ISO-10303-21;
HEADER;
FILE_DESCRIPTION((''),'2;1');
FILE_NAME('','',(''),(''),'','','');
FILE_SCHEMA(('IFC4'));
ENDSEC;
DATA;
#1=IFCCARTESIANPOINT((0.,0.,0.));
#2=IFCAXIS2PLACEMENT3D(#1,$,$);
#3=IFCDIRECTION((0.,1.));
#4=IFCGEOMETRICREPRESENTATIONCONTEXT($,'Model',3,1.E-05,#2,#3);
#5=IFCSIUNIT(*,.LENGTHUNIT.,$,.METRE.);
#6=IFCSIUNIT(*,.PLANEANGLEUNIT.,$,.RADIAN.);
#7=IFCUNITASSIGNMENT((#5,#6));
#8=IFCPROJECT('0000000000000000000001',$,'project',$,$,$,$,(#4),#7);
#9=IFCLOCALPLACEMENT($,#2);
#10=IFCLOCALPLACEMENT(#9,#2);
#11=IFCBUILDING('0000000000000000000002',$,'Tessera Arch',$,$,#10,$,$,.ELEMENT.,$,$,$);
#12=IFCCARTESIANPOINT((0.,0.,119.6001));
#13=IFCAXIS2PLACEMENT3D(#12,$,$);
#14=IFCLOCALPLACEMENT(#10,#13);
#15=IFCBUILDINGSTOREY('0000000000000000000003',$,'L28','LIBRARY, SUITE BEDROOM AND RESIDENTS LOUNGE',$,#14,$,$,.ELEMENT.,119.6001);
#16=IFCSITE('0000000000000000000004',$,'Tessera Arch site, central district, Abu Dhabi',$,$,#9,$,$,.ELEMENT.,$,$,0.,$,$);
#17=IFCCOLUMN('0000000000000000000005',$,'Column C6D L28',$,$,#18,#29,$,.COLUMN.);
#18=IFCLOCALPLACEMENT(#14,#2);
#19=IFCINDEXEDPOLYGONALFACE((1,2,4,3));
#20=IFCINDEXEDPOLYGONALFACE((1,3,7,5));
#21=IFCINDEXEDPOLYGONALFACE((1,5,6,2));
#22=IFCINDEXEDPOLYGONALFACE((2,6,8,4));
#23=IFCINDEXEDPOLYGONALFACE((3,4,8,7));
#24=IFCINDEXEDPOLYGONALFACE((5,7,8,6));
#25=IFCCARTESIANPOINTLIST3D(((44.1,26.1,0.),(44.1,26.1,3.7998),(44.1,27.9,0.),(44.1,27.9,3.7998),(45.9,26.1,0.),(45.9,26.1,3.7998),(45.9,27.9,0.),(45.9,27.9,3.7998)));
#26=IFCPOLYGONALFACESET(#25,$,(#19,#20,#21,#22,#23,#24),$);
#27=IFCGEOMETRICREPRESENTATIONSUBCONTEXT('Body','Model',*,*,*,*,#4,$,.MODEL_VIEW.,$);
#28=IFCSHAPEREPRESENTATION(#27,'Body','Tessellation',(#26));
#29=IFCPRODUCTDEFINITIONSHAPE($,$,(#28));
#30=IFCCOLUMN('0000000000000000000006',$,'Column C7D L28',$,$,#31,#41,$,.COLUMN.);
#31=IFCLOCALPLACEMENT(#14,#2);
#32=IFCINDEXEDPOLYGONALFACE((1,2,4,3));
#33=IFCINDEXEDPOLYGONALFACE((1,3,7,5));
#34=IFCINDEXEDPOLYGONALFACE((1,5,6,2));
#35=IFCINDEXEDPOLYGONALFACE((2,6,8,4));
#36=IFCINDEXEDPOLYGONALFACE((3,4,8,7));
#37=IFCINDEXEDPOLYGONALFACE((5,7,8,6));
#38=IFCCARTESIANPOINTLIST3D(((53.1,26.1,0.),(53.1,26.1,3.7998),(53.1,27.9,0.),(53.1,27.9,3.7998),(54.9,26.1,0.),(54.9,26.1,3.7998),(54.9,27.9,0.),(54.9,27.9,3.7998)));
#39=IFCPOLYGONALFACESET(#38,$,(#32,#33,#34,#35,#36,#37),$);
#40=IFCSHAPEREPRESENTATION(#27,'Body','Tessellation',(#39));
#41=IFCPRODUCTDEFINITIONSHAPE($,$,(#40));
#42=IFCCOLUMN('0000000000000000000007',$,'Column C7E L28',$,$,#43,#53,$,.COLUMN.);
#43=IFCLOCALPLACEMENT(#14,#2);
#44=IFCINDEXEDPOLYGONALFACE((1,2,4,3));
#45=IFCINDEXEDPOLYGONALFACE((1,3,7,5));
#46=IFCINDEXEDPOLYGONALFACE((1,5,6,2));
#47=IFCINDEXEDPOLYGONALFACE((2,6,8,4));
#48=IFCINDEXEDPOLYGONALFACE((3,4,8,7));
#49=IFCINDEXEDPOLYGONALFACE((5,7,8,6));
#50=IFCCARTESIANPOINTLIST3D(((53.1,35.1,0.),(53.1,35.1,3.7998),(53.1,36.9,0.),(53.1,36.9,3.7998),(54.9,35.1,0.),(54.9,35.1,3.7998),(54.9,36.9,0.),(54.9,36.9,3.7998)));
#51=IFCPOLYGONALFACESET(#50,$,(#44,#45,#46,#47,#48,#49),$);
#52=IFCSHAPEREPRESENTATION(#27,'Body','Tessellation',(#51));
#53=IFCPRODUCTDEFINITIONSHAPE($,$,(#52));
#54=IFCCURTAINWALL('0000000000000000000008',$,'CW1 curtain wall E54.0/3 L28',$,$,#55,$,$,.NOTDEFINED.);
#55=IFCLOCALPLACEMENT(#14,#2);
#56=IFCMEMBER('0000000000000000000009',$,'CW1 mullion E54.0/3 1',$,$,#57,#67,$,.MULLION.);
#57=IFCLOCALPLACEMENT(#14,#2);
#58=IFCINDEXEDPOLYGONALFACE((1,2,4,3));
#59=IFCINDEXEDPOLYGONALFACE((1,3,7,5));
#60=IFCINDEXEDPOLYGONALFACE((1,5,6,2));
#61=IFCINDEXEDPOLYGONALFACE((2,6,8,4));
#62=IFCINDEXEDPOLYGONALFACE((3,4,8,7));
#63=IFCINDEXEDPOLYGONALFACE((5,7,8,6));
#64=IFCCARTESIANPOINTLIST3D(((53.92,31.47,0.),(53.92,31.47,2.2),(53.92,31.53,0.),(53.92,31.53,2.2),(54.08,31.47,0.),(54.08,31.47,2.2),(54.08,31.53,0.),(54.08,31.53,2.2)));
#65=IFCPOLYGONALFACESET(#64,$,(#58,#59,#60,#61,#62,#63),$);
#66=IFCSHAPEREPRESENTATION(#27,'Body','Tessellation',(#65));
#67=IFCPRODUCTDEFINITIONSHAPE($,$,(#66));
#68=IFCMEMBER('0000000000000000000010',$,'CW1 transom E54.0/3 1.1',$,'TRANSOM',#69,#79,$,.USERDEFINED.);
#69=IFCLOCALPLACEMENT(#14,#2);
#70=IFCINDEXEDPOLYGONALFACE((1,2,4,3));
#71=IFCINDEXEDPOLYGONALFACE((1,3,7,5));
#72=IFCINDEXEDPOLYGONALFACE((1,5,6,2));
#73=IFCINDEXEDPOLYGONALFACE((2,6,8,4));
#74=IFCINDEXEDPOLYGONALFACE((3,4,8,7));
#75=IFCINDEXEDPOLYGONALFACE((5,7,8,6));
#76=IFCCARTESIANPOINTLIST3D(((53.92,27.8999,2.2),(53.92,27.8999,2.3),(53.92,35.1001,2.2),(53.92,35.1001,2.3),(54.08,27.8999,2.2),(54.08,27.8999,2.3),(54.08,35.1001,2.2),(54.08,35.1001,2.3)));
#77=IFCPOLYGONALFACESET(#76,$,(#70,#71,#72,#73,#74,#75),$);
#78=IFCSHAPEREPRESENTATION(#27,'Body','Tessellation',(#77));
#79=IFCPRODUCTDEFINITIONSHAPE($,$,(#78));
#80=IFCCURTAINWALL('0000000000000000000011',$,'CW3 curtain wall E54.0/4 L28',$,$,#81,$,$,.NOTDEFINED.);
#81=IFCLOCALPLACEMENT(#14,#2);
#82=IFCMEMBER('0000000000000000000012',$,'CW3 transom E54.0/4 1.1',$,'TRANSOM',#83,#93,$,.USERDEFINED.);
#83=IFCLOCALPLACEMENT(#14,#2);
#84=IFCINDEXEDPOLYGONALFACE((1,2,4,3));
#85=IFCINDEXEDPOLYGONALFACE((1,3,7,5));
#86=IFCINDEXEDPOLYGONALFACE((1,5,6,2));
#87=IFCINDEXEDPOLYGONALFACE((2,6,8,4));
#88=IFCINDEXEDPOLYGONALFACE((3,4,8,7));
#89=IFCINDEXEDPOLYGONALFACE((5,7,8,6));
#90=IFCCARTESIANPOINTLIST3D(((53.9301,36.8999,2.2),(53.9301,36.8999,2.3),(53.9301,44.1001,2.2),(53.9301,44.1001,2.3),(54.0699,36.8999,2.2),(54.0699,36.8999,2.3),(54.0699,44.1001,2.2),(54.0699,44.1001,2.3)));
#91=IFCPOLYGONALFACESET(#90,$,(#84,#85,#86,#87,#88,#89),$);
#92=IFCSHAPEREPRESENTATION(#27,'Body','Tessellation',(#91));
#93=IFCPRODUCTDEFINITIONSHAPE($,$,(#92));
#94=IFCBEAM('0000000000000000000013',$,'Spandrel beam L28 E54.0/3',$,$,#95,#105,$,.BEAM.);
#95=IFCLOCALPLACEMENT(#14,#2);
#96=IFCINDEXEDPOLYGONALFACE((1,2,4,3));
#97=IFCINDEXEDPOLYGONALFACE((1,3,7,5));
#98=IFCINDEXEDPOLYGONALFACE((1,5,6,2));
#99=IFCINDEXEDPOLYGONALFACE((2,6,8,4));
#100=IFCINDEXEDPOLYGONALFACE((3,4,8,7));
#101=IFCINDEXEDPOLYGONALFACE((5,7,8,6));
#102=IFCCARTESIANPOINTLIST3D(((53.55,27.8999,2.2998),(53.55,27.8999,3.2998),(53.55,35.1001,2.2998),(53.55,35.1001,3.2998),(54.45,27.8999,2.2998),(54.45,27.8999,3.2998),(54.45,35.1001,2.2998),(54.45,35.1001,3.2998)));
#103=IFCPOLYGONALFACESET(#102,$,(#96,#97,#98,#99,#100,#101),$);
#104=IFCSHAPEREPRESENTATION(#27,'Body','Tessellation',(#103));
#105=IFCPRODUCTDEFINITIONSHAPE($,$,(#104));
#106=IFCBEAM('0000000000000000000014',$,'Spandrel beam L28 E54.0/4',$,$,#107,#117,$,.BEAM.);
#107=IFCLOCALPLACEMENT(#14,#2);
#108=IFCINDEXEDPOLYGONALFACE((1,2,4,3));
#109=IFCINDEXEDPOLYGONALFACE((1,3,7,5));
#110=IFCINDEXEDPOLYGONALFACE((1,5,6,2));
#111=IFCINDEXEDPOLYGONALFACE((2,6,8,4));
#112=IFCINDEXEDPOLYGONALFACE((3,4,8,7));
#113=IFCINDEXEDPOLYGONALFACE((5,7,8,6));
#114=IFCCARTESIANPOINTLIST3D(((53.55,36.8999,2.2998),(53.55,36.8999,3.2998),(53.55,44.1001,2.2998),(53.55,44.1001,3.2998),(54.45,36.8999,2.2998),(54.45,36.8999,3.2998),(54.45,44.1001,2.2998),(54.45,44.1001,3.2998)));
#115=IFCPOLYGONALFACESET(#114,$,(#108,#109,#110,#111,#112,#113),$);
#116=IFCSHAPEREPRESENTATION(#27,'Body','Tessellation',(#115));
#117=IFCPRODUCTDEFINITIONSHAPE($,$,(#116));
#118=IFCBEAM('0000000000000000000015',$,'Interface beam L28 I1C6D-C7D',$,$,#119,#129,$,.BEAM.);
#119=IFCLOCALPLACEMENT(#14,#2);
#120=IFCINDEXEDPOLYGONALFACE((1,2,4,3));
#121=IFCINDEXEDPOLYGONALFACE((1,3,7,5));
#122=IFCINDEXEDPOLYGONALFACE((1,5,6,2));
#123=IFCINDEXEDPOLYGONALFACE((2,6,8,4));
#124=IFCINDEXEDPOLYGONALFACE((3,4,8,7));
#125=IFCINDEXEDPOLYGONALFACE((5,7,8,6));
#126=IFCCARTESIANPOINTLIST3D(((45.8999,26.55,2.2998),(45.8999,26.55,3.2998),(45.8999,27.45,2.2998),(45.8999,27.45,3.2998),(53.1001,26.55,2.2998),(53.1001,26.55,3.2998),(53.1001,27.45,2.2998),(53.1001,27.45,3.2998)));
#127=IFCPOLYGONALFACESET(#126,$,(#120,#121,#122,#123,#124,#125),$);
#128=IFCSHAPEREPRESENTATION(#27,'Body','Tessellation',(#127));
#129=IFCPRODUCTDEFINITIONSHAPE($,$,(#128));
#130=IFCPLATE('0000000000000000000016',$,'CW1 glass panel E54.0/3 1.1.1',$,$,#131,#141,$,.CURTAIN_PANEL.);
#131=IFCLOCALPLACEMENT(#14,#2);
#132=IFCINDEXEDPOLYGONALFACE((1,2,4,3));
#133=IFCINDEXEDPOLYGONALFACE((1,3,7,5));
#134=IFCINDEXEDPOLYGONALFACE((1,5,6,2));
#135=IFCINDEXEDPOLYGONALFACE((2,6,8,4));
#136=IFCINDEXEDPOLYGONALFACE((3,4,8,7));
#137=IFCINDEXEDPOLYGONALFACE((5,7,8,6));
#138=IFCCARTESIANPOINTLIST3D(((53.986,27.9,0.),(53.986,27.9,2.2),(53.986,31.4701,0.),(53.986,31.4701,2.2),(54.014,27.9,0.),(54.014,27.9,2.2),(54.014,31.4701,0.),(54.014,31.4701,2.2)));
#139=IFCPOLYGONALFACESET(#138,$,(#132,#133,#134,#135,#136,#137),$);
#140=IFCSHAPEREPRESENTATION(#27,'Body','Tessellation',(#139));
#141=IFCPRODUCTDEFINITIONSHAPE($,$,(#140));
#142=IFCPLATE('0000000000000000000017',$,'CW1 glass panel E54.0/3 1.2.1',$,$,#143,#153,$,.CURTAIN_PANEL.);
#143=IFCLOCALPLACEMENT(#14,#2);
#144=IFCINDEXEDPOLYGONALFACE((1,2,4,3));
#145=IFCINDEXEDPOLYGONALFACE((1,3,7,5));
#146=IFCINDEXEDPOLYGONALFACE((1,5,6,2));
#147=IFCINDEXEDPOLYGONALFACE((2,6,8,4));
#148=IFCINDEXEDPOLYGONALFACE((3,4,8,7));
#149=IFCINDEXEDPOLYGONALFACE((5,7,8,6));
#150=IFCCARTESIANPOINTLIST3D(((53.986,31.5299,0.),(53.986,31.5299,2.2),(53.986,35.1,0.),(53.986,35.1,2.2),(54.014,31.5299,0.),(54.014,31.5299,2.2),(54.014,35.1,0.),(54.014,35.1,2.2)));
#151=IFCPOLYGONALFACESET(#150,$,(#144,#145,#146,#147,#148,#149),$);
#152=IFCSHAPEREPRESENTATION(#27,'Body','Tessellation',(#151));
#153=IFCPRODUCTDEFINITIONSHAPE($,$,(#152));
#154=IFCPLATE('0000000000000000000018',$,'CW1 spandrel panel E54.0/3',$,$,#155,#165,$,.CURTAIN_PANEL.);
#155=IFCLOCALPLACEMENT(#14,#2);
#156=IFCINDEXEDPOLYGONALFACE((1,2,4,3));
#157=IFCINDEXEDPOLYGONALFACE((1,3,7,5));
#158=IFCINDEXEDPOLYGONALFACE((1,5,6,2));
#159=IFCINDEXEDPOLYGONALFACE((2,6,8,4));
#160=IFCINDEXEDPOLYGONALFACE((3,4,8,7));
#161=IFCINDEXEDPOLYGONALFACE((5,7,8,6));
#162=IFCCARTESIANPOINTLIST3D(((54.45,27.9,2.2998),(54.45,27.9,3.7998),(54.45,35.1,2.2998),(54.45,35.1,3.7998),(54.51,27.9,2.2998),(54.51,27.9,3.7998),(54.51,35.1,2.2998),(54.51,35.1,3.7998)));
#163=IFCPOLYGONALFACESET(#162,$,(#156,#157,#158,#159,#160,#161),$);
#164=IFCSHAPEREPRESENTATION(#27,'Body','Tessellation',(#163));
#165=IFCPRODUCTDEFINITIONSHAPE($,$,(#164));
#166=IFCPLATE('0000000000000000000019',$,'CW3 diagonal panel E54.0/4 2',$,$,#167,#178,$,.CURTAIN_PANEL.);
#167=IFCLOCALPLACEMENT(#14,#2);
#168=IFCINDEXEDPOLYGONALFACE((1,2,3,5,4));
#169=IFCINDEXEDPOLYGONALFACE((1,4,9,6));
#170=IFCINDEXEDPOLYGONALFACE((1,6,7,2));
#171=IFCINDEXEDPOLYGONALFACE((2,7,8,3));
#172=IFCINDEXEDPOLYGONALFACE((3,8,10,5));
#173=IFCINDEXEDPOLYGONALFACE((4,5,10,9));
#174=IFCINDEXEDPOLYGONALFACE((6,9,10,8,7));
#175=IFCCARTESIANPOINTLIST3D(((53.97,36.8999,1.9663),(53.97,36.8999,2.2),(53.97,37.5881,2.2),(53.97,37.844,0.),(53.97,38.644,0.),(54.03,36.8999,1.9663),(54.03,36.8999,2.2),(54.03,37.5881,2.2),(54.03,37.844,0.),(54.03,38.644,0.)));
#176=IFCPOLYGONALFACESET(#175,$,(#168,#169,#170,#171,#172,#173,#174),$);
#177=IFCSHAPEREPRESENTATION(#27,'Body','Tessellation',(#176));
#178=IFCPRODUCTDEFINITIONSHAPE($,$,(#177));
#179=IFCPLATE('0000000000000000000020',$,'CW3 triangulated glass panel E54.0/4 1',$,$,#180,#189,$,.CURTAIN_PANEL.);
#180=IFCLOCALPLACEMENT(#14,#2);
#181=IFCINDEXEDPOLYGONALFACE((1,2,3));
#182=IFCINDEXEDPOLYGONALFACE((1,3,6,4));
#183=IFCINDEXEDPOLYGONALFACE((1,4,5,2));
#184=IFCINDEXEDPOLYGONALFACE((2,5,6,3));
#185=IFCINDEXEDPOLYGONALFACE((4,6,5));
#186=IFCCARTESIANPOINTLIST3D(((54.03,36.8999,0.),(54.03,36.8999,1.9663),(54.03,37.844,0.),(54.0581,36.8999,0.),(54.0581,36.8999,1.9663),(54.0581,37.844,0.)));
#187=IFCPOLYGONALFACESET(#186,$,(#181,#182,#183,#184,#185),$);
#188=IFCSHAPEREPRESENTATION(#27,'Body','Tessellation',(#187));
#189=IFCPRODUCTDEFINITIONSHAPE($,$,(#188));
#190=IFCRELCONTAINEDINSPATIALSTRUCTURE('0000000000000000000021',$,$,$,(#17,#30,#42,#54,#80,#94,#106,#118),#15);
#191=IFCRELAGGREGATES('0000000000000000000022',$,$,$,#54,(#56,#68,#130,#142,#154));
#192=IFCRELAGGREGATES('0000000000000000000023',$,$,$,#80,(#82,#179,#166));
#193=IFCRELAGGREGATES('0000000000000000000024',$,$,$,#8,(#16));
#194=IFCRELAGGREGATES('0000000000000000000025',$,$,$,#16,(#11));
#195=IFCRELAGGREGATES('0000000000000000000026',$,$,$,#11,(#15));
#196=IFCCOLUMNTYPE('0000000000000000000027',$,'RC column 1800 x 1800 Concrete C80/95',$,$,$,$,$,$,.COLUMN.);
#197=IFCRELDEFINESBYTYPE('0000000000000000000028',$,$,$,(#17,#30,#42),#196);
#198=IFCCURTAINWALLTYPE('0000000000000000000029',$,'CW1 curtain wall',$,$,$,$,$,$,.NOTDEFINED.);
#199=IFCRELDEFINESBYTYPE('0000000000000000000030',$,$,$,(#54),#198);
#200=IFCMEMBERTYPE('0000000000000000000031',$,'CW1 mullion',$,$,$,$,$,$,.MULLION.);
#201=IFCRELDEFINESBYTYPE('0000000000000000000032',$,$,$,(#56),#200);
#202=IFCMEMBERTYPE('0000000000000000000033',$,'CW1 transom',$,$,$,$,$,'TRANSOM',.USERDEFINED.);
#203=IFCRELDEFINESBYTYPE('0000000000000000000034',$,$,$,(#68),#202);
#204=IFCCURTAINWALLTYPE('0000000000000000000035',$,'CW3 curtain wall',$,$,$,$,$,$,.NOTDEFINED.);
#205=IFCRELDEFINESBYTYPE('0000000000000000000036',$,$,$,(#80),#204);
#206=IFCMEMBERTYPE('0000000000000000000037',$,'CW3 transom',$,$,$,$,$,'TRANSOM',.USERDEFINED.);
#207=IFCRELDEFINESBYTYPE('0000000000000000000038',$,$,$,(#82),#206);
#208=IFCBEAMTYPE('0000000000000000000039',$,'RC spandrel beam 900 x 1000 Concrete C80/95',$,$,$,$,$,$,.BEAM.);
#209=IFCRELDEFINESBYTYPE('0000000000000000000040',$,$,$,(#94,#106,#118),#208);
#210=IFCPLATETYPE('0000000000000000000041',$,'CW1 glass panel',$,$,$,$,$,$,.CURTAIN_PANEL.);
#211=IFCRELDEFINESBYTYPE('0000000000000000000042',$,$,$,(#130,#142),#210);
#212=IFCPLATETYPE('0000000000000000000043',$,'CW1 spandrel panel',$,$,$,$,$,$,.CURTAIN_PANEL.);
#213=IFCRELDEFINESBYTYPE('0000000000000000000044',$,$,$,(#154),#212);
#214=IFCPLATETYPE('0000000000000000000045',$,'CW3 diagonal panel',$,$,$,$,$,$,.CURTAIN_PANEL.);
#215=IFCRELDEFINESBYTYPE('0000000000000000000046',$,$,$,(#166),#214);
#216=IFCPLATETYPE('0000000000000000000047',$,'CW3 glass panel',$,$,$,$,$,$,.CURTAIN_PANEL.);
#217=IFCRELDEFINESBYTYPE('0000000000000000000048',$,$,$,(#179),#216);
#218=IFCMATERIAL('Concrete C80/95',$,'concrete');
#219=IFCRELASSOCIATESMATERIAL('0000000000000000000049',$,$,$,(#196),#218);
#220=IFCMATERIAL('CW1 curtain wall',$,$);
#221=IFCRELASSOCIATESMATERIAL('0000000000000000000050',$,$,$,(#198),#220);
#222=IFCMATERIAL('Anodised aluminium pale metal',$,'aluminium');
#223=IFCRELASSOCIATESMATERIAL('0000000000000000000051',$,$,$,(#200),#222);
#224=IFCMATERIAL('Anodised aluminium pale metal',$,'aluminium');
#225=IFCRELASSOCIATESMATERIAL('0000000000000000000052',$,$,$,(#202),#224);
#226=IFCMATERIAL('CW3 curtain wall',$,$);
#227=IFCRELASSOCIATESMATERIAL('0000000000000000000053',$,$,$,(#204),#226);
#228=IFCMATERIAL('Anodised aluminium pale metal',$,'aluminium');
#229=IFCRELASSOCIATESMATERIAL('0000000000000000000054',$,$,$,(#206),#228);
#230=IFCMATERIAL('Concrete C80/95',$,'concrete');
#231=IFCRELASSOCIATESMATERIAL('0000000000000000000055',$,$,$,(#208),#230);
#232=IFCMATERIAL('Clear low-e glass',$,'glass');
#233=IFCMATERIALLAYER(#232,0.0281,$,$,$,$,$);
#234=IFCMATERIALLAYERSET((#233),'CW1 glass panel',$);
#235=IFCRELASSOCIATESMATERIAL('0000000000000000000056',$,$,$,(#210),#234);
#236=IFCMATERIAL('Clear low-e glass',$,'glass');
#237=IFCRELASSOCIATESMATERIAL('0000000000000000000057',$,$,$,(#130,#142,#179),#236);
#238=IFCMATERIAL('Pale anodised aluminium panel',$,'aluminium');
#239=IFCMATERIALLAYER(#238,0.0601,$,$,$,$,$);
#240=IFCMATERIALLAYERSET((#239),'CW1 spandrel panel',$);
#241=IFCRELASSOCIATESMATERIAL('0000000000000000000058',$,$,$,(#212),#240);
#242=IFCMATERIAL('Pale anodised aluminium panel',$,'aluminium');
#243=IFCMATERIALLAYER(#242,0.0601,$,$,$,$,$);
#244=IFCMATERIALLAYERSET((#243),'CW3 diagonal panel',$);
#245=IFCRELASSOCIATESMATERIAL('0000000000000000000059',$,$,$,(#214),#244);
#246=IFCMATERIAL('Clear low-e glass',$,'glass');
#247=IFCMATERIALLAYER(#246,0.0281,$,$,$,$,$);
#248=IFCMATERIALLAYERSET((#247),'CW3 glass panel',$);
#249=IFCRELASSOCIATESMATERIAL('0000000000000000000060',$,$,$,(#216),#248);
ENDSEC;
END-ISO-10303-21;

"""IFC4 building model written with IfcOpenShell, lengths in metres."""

from ifc_helpers import new_model, si_unit, direction, frame, origin, origin_2d, place, context, subcontext, project, spatial, polyline, rectangle, outline, extrude, material, layer, layer_set, material_profile, profile_set, type_object, element, aggregate, save


model = new_model("IFC4")

# Units and contexts
model_context = context("Model", 3, precision=1e-05, world=origin(), true_north=direction((0.0, 1.0)))
body_context = subcontext(model_context, "Body", "Model", "MODEL_VIEW")
ifc_project = project(units=[si_unit("LENGTHUNIT", "METRE"), si_unit("PLANEANGLEUNIT", "RADIAN")], contexts=[model_context])

# Site, building, storey
site_placement = place(None, origin())
site = spatial("IfcSite", under=ifc_project, at=site_placement, Name="Tessera Arch site, central district, Abu Dhabi", CompositionType="ELEMENT", RefElevation=0.0)
building_placement = place(site_placement, origin())
building = spatial("IfcBuilding", under=site, at=building_placement, Name="Tessera Arch", CompositionType="ELEMENT")
storey_placement = place(building_placement, frame((0.0, 0.0, 119.6001)))
storey = spatial("IfcBuildingStorey", under=building, at=storey_placement, Name="L28", Description="LIBRARY, SUITE BEDROOM AND RESIDENTS LOUNGE", CompositionType="ELEMENT", Elevation=119.6001)

# Columns
ifc_material_1 = material(Name="Concrete C80/95", Category="concrete")
ifc_material_profile_1 = material_profile(ifc_material_1, rectangle(XDim=1.8, YDim=1.8, at=origin_2d()), Name="RC column 1800 x 1800 Concrete C80/95")
ifc_profile_set_1 = profile_set([ifc_material_profile_1], Name="Concrete C80/95")
column_type = type_object("IfcColumnType", Name="RC column 1800 x 1800 Concrete C80/95", PredefinedType="COLUMN", material=ifc_profile_set_1)
for number, where, z_axis, x_axis, name in (
    (1, (45.0, 27.0, 0.0), (0.0, 0.0, 1.0), (1.0, 0.0, 0.0), "Column C6D L28"),
    (2, (54.0, 27.0, 0.0), (0.0, 0.0, 1.0), (1.0, 0.0, 0.0), "Column C7D L28"),
    (3, (54.0, 36.0, 0.0), (0.0, 0.0, 1.0), (1.0, 0.0, 0.0), "Column C7E L28"),
):
    element("IfcColumn", number, at=place(storey_placement, frame(where, z_axis=z_axis, x_axis=x_axis)), inside=storey, type_object=column_type, Name=name, PredefinedType="COLUMN", context=body_context, shape_type="SweptSolid", body=[
        extrude(rectangle(XDim=1.8, YDim=1.8, at=origin_2d()), origin(), (0.0, 0.0, 1.0), 3.7998),
    ])

# Curtain wall, members
ifc_material_2 = material(Name="CW1 curtain wall")
curtain_wall_type_1 = type_object("IfcCurtainWallType", Name="CW1 curtain wall", PredefinedType="NOTDEFINED", material=ifc_material_2)
curtain_wall_1_placement = place(storey_placement, origin())
curtain_wall_1 = element("IfcCurtainWall", 4, at=curtain_wall_1_placement, inside=storey, type_object=curtain_wall_type_1, Name="CW1 curtain wall E54.0/3 L28", PredefinedType="NOTDEFINED")
ifc_material_3 = material(Name="Anodised aluminium pale metal", Category="aluminium")
ifc_material_profile_2 = material_profile(ifc_material_3, rectangle(XDim=0.1599, YDim=0.0601, at=origin_2d()), Name="AL 60x160")
ifc_profile_set_2 = profile_set([ifc_material_profile_2], Name="Anodised aluminium pale metal")
member_type_1 = type_object("IfcMemberType", Name="CW1 mullion", PredefinedType="MULLION", material=ifc_profile_set_2)
member_1_placement = place(storey_placement, frame((54.0, 31.5, 0.0), z_axis=(0.0, 0.0, 1.0), x_axis=(-1.0, 0.0, 0.0)))
member_1 = element("IfcMember", 5, at=member_1_placement, type_object=member_type_1, Name="CW1 mullion E54.0/3 1", PredefinedType="MULLION", context=body_context, shape_type="SweptSolid", body=[
    extrude(rectangle(XDim=0.1599, YDim=0.0601, at=origin_2d()), origin(), (0.0, 0.0, 1.0), 2.2),
])
ifc_material_4 = material(Name="Anodised aluminium pale metal", Category="aluminium")
ifc_material_profile_3 = material_profile(ifc_material_4, rectangle(XDim=0.1599, YDim=0.1001, at=origin_2d()), Name="AL 160x100")
ifc_profile_set_3 = profile_set([ifc_material_profile_3], Name="Anodised aluminium pale metal")
member_type_2 = type_object("IfcMemberType", Name="CW1 transom", ElementType="TRANSOM", PredefinedType="USERDEFINED", material=ifc_profile_set_3)
member_2_placement = place(storey_placement, frame((54.0, 27.8999, 2.25), z_axis=(0.0, 1.0, 0.0), x_axis=(-1.0, 0.0, 0.0)))
member_2 = element("IfcMember", 6, at=member_2_placement, type_object=member_type_2, Name="CW1 transom E54.0/3 1.1", ObjectType="TRANSOM", PredefinedType="USERDEFINED", context=body_context, shape_type="SweptSolid", body=[
    extrude(rectangle(XDim=0.1599, YDim=0.1001, at=origin_2d()), origin(), (0.0, 0.0, 1.0), 7.2002),
])

# Curtain wall, member
ifc_material_5 = material(Name="CW3 curtain wall")
curtain_wall_type_2 = type_object("IfcCurtainWallType", Name="CW3 curtain wall", PredefinedType="NOTDEFINED", material=ifc_material_5)
curtain_wall_2_placement = place(storey_placement, origin())
curtain_wall_2 = element("IfcCurtainWall", 7, at=curtain_wall_2_placement, inside=storey, type_object=curtain_wall_type_2, Name="CW3 curtain wall E54.0/4 L28", PredefinedType="NOTDEFINED")
ifc_material_6 = material(Name="Anodised aluminium pale metal", Category="aluminium")
ifc_material_profile_4 = material_profile(ifc_material_6, rectangle(XDim=0.1399, YDim=0.1001, at=origin_2d()), Name="AL 140x100")
ifc_profile_set_4 = profile_set([ifc_material_profile_4], Name="Anodised aluminium pale metal")
member_type_3 = type_object("IfcMemberType", Name="CW3 transom", ElementType="TRANSOM", PredefinedType="USERDEFINED", material=ifc_profile_set_4)
member_3_placement = place(storey_placement, frame((54.0, 36.8999, 2.25), z_axis=(0.0, 1.0, 0.0), x_axis=(-1.0, 0.0, 0.0)))
member_3 = element("IfcMember", 8, at=member_3_placement, type_object=member_type_3, Name="CW3 transom E54.0/4 1.1", ObjectType="TRANSOM", PredefinedType="USERDEFINED", context=body_context, shape_type="SweptSolid", body=[
    extrude(rectangle(XDim=0.1399, YDim=0.1001, at=origin_2d()), origin(), (0.0, 0.0, 1.0), 7.2002),
])

# Beams
ifc_material_7 = material(Name="Concrete C80/95", Category="concrete")
ifc_material_profile_5 = material_profile(ifc_material_7, rectangle(XDim=0.8999, YDim=1.0, at=origin_2d()), Name="RC spandrel beam 900 x 1000 Concrete C80/95")
ifc_profile_set_5 = profile_set([ifc_material_profile_5], Name="Concrete C80/95")
beam_type = type_object("IfcBeamType", Name="RC spandrel beam 900 x 1000 Concrete C80/95", PredefinedType="BEAM", material=ifc_profile_set_5)
for number, where, z_axis, x_axis, name in (
    (9, (54.0, 27.8999, 2.7998), (0.0, 1.0, 0.0), (-1.0, 0.0, 0.0), "Spandrel beam L28 E54.0/3"),
    (10, (54.0, 36.8999, 2.7998), (0.0, 1.0, 0.0), (-1.0, 0.0, 0.0), "Spandrel beam L28 E54.0/4"),
    (11, (45.8999, 27.0, 2.7998), (1.0, 0.0, 0.0), (0.0, 1.0, 0.0), "Interface beam L28 I1C6D-C7D"),
):
    element("IfcBeam", number, at=place(storey_placement, frame(where, z_axis=z_axis, x_axis=x_axis)), inside=storey, type_object=beam_type, Name=name, PredefinedType="BEAM", context=body_context, shape_type="SweptSolid", body=[
        extrude(rectangle(XDim=0.8999, YDim=1.0, at=origin_2d()), origin(), (0.0, 0.0, 1.0), 7.2002),
    ])

# Plates
ifc_material_8 = material(Name="Clear low-e glass", Category="glass")
ifc_material_9 = material(Name="Clear low-e glass", Category="glass")
ifc_layer_1 = layer(ifc_material_9, 0.0281)
ifc_layer_set_1 = layer_set([ifc_layer_1], Name="CW1 glass panel")
plate_type_1 = type_object("IfcPlateType", Name="CW1 glass panel", PredefinedType="CURTAIN_PANEL", material=ifc_layer_set_1)
plate_1_placement = place(storey_placement, frame((54.0, 29.6851, 0.0), z_axis=(0.0, 0.0, 1.0), x_axis=(0.0, 1.0, 0.0)))
plate_1 = element("IfcPlate", 12, at=plate_1_placement, type_object=plate_type_1, material=ifc_material_8, Name="CW1 glass panel E54.0/3 1.1.1", PredefinedType="CURTAIN_PANEL", context=body_context, shape_type="SweptSolid", body=[
    extrude(rectangle(XDim=3.5701, YDim=0.0281, at=origin_2d()), origin(), (0.0, 0.0, 1.0), 2.2),
])
plate_2_placement = place(storey_placement, frame((54.0, 33.3149, 0.0), z_axis=(0.0, 0.0, 1.0), x_axis=(0.0, 1.0, 0.0)))
plate_2 = element("IfcPlate", 13, at=plate_2_placement, type_object=plate_type_1, material=ifc_material_8, Name="CW1 glass panel E54.0/3 1.2.1", PredefinedType="CURTAIN_PANEL", context=body_context, shape_type="SweptSolid", body=[
    extrude(rectangle(XDim=3.5701, YDim=0.0281, at=origin_2d()), origin(), (0.0, 0.0, 1.0), 2.2),
])
ifc_material_10 = material(Name="Pale anodised aluminium panel", Category="aluminium")
ifc_layer_2 = layer(ifc_material_10, 0.0601)
ifc_layer_set_2 = layer_set([ifc_layer_2], Name="CW1 spandrel panel")
plate_type_2 = type_object("IfcPlateType", Name="CW1 spandrel panel", PredefinedType="CURTAIN_PANEL", material=ifc_layer_set_2)
plate_3_placement = place(storey_placement, frame((54.48, 31.5, 2.2998), z_axis=(0.0, 0.0, 1.0), x_axis=(0.0, 1.0, 0.0)))
plate_3 = element("IfcPlate", 14, at=plate_3_placement, type_object=plate_type_2, Name="CW1 spandrel panel E54.0/3", PredefinedType="CURTAIN_PANEL", context=body_context, shape_type="SweptSolid", body=[
    extrude(rectangle(XDim=7.2, YDim=0.0601, at=origin_2d()), origin(), (0.0, 0.0, 1.0), 1.5),
])
aggregate(curtain_wall_1, [member_1, member_2, plate_1, plate_2, plate_3])
ifc_material_11 = material(Name="Pale anodised aluminium panel", Category="aluminium")
ifc_layer_3 = layer(ifc_material_11, 0.0601)
ifc_layer_set_3 = layer_set([ifc_layer_3], Name="CW3 diagonal panel")
plate_type_3 = type_object("IfcPlateType", Name="CW3 diagonal panel", PredefinedType="CURTAIN_PANEL", material=ifc_layer_set_3)
plate_4_placement = place(storey_placement, frame((54.03, 36.8999, 2.2), z_axis=(1.0, 0.0, 0.0), x_axis=(0.0, 0.0, -1.0)))
plate_4 = element("IfcPlate", 15, at=plate_4_placement, type_object=plate_type_3, Name="CW3 diagonal panel E54.0/4 2", PredefinedType="CURTAIN_PANEL", context=body_context, shape_type="SweptSolid", body=[
    extrude(outline(polyline([(0.0, 0.0), (0.2336, 0.0), (2.2, 0.9441), (2.2, 1.7441), (0.0, 0.6882), (0.0, 0.0)])), origin(), (0.0, 0.0, -1.0), 0.0601),
])
ifc_material_12 = material(Name="Clear low-e glass", Category="glass")
ifc_layer_4 = layer(ifc_material_12, 0.0281)
ifc_layer_set_4 = layer_set([ifc_layer_4], Name="CW3 glass panel")
plate_type_4 = type_object("IfcPlateType", Name="CW3 glass panel", PredefinedType="CURTAIN_PANEL", material=ifc_layer_set_4)
plate_5_placement = place(storey_placement, frame((54.0581, 36.8999, 0.0), z_axis=(1.0, 0.0, 0.0), x_axis=(0.0, 1.0, 0.0)))
plate_5 = element("IfcPlate", 16, at=plate_5_placement, type_object=plate_type_4, material=ifc_material_8, Name="CW3 triangulated glass panel E54.0/4 1", PredefinedType="CURTAIN_PANEL", context=body_context, shape_type="SweptSolid", body=[
    extrude(outline(polyline([(0.0, 0.0), (0.9441, 0.0), (0.0, 1.9663), (0.0, 0.0)])), origin(), (0.0, 0.0, -1.0), 0.0281),
])
aggregate(curtain_wall_2, [member_3, plate_5, plate_4])

save(model, "model.ifc")
